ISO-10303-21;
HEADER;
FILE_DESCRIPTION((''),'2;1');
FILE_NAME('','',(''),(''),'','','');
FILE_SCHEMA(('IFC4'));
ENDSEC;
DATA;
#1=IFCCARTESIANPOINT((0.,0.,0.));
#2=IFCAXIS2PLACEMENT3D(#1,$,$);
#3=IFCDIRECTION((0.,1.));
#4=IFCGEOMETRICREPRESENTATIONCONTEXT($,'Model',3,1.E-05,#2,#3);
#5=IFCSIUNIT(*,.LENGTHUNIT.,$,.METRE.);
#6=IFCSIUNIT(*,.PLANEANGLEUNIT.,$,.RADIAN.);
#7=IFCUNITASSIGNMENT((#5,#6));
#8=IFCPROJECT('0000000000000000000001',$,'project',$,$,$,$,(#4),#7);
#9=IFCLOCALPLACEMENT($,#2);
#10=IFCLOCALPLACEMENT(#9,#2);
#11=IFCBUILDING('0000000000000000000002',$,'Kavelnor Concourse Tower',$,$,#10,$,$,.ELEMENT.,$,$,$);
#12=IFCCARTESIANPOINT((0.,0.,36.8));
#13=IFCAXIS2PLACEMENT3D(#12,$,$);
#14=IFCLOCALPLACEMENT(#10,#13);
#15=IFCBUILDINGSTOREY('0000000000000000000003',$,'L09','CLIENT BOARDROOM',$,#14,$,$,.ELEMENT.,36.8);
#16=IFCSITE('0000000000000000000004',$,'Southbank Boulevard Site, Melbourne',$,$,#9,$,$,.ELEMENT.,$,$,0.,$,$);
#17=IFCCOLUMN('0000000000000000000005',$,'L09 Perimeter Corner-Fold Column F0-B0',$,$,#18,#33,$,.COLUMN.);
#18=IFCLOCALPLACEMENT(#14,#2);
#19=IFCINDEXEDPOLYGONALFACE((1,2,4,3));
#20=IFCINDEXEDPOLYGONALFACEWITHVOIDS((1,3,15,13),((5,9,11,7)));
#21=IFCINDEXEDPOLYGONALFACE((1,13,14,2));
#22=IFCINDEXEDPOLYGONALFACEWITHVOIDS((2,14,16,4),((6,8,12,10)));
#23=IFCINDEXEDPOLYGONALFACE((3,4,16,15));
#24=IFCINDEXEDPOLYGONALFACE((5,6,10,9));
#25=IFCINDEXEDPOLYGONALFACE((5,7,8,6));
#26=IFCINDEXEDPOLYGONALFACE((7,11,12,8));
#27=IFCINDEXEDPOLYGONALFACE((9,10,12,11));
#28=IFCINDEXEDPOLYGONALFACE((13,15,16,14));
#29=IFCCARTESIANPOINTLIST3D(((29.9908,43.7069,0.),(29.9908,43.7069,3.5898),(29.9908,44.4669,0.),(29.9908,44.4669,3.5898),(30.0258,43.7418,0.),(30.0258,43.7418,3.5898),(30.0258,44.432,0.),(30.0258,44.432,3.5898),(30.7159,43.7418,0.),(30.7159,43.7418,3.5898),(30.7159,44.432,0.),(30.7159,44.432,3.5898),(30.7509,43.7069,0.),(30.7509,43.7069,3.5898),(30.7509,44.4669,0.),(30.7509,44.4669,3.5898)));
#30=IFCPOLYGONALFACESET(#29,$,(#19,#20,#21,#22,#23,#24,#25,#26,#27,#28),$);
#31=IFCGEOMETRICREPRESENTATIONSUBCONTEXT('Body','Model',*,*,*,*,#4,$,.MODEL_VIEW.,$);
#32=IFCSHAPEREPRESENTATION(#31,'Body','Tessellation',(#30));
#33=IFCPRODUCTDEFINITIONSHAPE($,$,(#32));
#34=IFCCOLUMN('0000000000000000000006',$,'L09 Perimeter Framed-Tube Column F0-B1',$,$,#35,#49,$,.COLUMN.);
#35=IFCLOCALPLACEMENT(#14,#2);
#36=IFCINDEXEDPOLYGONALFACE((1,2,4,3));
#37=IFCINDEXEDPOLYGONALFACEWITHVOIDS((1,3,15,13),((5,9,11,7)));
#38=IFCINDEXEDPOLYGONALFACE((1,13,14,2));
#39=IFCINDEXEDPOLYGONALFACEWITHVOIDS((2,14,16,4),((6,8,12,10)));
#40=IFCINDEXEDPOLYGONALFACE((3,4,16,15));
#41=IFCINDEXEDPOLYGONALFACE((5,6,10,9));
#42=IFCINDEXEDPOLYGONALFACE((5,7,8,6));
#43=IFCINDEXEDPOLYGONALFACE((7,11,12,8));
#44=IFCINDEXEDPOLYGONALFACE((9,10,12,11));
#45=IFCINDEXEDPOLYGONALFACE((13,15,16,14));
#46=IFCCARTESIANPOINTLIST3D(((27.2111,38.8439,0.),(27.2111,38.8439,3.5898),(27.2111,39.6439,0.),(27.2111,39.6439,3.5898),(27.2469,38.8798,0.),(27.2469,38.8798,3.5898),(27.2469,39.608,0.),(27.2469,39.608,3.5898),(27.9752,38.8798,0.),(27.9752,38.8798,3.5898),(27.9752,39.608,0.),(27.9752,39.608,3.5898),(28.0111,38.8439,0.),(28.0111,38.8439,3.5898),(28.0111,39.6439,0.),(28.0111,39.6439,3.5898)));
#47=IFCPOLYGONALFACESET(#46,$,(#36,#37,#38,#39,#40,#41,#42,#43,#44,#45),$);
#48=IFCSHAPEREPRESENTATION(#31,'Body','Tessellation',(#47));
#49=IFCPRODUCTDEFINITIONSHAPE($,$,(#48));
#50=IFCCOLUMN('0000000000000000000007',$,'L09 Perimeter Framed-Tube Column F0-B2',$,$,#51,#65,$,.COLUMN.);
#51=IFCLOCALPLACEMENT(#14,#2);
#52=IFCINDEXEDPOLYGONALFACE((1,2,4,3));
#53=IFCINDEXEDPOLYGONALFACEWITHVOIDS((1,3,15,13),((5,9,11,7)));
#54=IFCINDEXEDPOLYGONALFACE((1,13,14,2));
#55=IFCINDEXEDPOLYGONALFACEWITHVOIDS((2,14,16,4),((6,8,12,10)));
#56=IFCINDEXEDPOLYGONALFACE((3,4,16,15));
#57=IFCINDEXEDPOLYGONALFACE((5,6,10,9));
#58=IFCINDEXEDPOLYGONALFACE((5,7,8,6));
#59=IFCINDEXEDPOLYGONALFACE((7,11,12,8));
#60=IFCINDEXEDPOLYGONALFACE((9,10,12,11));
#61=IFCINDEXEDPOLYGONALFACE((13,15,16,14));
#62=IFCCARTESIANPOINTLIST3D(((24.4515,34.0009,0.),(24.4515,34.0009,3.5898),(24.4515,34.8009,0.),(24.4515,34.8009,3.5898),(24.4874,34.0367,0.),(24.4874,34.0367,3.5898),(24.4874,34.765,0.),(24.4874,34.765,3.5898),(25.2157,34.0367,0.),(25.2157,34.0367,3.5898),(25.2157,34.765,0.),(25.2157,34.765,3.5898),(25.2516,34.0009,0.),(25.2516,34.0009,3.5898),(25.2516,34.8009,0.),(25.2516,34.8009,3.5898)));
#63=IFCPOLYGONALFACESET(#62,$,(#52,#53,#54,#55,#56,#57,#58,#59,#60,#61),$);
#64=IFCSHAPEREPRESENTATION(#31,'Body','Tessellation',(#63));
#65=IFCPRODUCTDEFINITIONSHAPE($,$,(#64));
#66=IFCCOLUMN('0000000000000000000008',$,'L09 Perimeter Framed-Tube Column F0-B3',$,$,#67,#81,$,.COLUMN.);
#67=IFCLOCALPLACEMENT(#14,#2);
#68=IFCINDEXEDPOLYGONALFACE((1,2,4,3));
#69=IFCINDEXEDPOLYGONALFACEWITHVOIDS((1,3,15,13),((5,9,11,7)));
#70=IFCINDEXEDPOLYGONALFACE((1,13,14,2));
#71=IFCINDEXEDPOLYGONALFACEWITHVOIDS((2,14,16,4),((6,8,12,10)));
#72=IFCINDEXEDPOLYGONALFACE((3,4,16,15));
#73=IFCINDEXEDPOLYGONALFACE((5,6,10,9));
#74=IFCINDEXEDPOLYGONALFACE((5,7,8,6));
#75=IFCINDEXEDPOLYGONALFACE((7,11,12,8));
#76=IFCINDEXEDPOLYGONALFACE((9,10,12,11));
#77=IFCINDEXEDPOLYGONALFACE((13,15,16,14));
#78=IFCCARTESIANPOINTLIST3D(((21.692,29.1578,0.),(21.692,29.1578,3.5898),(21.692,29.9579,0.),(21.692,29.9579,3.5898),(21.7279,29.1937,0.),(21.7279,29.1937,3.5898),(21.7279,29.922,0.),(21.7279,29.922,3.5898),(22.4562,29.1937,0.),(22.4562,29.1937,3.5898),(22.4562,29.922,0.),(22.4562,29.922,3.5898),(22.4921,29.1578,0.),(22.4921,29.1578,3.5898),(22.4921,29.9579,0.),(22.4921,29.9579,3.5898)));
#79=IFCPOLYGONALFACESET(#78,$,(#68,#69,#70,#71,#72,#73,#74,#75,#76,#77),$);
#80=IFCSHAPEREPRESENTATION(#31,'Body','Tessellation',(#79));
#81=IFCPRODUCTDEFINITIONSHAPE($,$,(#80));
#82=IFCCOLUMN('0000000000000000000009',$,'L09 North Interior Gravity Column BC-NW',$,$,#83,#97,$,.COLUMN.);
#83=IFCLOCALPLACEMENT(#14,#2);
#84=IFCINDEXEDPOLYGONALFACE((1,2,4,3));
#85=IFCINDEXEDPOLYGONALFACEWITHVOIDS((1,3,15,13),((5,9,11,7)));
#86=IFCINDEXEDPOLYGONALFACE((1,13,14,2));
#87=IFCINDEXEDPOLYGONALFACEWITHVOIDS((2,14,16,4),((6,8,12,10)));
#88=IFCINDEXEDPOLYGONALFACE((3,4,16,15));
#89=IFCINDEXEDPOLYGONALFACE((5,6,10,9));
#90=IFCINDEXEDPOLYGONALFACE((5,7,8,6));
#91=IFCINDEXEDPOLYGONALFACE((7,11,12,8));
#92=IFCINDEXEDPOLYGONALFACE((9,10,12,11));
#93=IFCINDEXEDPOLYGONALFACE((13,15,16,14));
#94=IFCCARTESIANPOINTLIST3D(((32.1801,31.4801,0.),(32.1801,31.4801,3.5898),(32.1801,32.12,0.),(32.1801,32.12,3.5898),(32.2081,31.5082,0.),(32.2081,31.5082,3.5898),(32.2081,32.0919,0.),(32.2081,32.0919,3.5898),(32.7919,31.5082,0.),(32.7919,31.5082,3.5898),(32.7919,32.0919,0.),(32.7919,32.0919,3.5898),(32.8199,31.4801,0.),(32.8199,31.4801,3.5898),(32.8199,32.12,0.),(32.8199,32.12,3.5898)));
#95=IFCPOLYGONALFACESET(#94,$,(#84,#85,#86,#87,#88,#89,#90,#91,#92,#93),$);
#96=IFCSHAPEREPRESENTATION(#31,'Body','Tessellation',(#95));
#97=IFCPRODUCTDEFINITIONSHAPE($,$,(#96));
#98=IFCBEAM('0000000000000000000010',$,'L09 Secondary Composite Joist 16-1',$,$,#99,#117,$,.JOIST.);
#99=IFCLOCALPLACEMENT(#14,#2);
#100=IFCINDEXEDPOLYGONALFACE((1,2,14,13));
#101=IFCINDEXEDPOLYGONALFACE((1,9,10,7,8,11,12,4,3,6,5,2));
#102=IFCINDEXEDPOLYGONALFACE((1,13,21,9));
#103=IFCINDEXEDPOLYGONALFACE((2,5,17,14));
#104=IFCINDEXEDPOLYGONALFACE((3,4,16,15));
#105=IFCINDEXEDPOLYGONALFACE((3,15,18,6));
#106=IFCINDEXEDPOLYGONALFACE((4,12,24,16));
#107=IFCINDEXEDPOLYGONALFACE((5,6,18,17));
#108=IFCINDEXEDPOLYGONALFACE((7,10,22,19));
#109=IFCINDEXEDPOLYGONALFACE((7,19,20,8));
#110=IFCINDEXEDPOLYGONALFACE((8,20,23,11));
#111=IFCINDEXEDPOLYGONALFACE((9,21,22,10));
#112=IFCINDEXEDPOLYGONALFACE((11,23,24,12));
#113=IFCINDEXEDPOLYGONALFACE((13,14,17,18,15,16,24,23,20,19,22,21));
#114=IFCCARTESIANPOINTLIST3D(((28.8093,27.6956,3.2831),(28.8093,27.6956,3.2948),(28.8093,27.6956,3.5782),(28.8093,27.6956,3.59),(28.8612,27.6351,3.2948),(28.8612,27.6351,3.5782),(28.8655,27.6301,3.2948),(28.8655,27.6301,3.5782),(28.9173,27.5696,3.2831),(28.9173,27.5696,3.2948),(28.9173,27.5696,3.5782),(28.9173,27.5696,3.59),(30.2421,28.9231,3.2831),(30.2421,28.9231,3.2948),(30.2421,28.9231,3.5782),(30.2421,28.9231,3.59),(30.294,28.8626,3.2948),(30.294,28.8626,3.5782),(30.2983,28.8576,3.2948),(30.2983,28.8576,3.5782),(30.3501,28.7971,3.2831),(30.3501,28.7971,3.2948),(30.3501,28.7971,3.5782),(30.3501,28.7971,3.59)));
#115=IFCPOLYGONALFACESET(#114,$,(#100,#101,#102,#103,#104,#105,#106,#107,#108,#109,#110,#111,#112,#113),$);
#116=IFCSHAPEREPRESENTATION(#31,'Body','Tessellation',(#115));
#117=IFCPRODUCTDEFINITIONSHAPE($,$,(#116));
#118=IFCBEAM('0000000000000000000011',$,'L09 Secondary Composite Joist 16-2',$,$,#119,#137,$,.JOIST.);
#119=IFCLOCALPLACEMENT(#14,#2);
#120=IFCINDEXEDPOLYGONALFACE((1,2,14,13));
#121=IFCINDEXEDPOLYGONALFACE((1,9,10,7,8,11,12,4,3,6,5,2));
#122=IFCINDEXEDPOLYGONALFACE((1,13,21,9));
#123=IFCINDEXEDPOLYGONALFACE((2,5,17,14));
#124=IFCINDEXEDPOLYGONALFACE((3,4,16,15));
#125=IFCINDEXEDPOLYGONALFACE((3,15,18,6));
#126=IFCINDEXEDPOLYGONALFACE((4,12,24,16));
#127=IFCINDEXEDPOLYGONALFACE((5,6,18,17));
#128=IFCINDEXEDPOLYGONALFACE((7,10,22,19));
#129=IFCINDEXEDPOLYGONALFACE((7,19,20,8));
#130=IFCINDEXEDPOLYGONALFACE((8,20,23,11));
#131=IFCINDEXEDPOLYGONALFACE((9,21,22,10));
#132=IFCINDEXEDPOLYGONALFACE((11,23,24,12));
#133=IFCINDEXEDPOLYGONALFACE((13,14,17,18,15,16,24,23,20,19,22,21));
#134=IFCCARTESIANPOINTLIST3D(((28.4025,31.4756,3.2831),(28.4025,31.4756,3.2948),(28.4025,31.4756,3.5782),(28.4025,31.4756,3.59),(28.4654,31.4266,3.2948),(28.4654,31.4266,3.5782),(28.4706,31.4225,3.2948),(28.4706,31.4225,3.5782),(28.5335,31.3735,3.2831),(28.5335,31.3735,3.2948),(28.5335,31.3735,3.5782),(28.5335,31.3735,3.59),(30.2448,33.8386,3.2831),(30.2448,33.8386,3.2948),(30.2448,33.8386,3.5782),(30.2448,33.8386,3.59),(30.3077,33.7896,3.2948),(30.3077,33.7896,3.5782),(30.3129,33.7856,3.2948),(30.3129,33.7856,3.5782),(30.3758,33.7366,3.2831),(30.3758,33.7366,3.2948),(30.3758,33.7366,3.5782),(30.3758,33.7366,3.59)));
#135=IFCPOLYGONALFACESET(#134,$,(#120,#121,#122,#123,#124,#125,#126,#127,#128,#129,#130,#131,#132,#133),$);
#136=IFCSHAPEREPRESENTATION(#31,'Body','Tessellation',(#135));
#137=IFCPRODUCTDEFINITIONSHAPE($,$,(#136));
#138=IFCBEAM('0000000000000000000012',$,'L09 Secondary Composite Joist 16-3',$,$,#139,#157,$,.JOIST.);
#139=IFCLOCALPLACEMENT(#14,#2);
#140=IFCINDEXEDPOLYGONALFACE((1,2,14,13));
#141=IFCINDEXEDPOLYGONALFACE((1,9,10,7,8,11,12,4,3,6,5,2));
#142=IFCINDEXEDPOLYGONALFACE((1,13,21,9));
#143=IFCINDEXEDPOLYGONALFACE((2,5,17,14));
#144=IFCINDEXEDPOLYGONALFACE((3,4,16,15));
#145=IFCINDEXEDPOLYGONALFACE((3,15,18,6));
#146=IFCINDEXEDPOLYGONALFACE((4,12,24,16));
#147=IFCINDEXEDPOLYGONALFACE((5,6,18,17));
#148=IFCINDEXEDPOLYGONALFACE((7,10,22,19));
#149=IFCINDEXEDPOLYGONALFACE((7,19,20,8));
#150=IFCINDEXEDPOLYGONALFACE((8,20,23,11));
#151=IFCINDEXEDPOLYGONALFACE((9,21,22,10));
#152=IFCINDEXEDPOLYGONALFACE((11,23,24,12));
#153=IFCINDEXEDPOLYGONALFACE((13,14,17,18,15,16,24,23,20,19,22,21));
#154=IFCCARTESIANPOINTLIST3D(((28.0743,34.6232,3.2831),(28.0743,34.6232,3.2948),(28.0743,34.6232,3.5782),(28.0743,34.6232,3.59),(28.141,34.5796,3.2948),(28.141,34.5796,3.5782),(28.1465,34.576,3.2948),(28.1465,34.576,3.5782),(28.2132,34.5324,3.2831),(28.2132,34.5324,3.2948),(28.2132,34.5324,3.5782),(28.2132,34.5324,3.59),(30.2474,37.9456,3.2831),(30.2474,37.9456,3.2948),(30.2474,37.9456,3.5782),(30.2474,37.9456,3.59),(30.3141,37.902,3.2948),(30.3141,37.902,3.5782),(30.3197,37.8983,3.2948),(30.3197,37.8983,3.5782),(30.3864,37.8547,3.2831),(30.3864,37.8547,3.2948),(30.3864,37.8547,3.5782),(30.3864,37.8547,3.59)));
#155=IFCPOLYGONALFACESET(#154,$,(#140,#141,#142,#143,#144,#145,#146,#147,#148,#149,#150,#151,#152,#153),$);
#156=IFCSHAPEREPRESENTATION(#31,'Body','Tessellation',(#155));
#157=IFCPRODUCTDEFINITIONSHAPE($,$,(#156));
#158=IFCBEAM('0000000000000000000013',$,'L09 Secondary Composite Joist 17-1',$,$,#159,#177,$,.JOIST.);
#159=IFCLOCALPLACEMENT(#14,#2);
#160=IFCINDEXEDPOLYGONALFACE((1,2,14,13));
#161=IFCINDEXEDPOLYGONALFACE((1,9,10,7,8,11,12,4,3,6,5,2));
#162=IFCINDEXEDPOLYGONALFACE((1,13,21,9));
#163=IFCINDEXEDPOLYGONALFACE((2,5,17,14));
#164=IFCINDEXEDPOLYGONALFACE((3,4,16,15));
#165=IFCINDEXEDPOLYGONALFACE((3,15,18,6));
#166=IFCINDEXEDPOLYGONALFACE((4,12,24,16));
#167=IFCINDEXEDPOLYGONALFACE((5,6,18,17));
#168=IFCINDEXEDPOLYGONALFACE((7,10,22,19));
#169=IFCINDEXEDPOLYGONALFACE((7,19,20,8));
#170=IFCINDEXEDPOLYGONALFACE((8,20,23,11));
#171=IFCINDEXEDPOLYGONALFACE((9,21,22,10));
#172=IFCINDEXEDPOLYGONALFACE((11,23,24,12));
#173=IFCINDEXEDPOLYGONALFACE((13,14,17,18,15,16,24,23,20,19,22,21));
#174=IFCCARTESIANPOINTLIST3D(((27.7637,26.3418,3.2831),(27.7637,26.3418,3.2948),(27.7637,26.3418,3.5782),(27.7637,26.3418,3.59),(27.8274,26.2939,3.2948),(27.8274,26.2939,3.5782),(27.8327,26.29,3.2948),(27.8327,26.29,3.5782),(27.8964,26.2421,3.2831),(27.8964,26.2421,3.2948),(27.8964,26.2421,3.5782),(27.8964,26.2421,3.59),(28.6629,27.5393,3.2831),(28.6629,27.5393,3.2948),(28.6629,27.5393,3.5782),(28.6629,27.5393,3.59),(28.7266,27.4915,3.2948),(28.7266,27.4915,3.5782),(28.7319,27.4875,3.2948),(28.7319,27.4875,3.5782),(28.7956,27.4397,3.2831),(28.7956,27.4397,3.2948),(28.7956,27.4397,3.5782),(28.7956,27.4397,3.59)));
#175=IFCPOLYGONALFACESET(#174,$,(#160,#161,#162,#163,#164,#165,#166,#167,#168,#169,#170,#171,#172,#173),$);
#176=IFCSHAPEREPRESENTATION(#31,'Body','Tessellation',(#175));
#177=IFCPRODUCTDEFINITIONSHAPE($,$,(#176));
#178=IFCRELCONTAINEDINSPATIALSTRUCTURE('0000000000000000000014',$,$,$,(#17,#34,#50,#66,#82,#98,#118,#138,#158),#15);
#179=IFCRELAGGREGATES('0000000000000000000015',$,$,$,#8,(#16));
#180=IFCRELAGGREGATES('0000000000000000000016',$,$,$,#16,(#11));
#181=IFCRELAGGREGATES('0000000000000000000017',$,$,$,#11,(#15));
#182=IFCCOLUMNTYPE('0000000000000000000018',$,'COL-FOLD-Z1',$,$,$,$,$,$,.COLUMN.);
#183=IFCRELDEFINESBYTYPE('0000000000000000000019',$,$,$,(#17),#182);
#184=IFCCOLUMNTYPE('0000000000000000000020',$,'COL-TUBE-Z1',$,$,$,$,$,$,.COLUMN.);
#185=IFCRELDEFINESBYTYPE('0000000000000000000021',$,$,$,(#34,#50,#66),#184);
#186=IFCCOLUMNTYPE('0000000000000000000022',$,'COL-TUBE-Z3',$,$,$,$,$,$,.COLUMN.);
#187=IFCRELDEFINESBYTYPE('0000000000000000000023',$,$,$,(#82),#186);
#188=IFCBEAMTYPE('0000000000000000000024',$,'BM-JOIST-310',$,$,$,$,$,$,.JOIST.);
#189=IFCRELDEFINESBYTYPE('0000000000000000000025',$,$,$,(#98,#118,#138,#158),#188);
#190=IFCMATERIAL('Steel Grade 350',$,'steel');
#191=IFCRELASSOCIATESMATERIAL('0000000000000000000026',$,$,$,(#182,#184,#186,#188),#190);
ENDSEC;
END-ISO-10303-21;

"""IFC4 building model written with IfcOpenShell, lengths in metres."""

from ifc_helpers import new_model, si_unit, direction, frame, origin, origin_2d, place, context, subcontext, project, spatial, hollow_rectangle, i_section, extrude, material, material_profile, profile_set, type_object, element, save


model = new_model("IFC4")

# Units and contexts
model_context = context("Model", 3, precision=1e-05, world=origin(), true_north=direction((0.0, 1.0)))
body_context = subcontext(model_context, "Body", "Model", "MODEL_VIEW")
ifc_project = project(units=[si_unit("LENGTHUNIT", "METRE"), si_unit("PLANEANGLEUNIT", "RADIAN")], contexts=[model_context])

# Site, building, storey
site_placement = place(None, origin())
site = spatial("IfcSite", under=ifc_project, at=site_placement, Name="Southbank Boulevard Site, Melbourne", CompositionType="ELEMENT", RefElevation=0.0)
building_placement = place(site_placement, origin())
building = spatial("IfcBuilding", under=site, at=building_placement, Name="Kavelnor Concourse Tower", CompositionType="ELEMENT")
storey_placement = place(building_placement, frame((0.0, 0.0, 36.8)))
storey = spatial("IfcBuildingStorey", under=building, at=storey_placement, Name="L09", Description="CLIENT BOARDROOM", CompositionType="ELEMENT", Elevation=36.8)

# Columns
ifc_material_1 = material(Name="Steel Grade 350", Category="steel")
ifc_material_profile_1 = material_profile(ifc_material_1, hollow_rectangle(XDim=0.76, YDim=0.76, WallThickness=0.0349, at=origin_2d()), Name="SHS 760x760x35")
ifc_profile_set_1 = profile_set([ifc_material_profile_1], Name="Steel Grade 350")
column_type_1 = type_object("IfcColumnType", Name="COL-FOLD-Z1", PredefinedType="COLUMN", material=ifc_profile_set_1)
column_1_placement = place(storey_placement, frame((30.3708, 44.0869, 0.0), z_axis=(0.0, 0.0, 1.0), x_axis=(1.0, 0.0, 0.0)))
element("IfcColumn", 1, at=column_1_placement, inside=storey, type_object=column_type_1, Name="L09 Perimeter Corner-Fold Column F0-B0", PredefinedType="COLUMN", context=body_context, shape_type="SweptSolid", body=[
    extrude(hollow_rectangle(XDim=0.76, YDim=0.76, WallThickness=0.0349, at=origin_2d()), origin(), (0.0, 0.0, 1.0), 3.5898),
])
ifc_material_profile_2 = material_profile(ifc_material_1, hollow_rectangle(XDim=0.8, YDim=0.8, WallThickness=0.0359, at=origin_2d()), Name="SHS 800x800x36")
ifc_profile_set_2 = profile_set([ifc_material_profile_2], Name="Steel Grade 350")
column_type_2 = type_object("IfcColumnType", Name="COL-TUBE-Z1", PredefinedType="COLUMN", material=ifc_profile_set_2)
for number, where, z_axis, x_axis, name in (
    (2, (27.6111, 39.2439, 0.0), (0.0, 0.0, 1.0), (1.0, 0.0, 0.0), "L09 Perimeter Framed-Tube Column F0-B1"),
    (3, (24.8516, 34.4009, 0.0), (0.0, 0.0, 1.0), (1.0, 0.0, 0.0), "L09 Perimeter Framed-Tube Column F0-B2"),
    (4, (22.092, 29.5579, 0.0), (0.0, 0.0, 1.0), (1.0, 0.0, 0.0), "L09 Perimeter Framed-Tube Column F0-B3"),
):
    element("IfcColumn", number, at=place(storey_placement, frame(where, z_axis=z_axis, x_axis=x_axis)), inside=storey, type_object=column_type_2, Name=name, PredefinedType="COLUMN", context=body_context, shape_type="SweptSolid", body=[
        extrude(hollow_rectangle(XDim=0.8, YDim=0.8, WallThickness=0.0359, at=origin_2d()), origin(), (0.0, 0.0, 1.0), 3.5898),
    ])
ifc_material_profile_3 = material_profile(ifc_material_1, hollow_rectangle(XDim=0.6399, YDim=0.6399, WallThickness=0.0281, at=origin_2d()), Name="SHS 640x640x28")
ifc_profile_set_3 = profile_set([ifc_material_profile_3], Name="Steel Grade 350")
column_type_3 = type_object("IfcColumnType", Name="COL-TUBE-Z3", PredefinedType="COLUMN", material=ifc_profile_set_3)
column_2_placement = place(storey_placement, frame((32.5, 31.8, 0.0), z_axis=(0.0, 0.0, 1.0), x_axis=(1.0, 0.0, 0.0)))
element("IfcColumn", 5, at=column_2_placement, inside=storey, type_object=column_type_3, Name="L09 North Interior Gravity Column BC-NW", PredefinedType="COLUMN", context=body_context, shape_type="SweptSolid", body=[
    extrude(hollow_rectangle(XDim=0.6399, YDim=0.6399, WallThickness=0.0281, at=origin_2d()), origin(), (0.0, 0.0, 1.0), 3.5898),
])

# Beams
ifc_material_profile_4 = material_profile(ifc_material_1, i_section(OverallWidth=0.166, OverallDepth=0.3069, WebThickness=0.0066, FlangeThickness=0.0117, at=origin_2d()), Name="310UB46")
ifc_profile_set_4 = profile_set([ifc_material_profile_4], Name="Steel Grade 350")
beam_type_1 = type_object("IfcBeamType", Name="BM-JOIST-310", PredefinedType="JOIST", material=ifc_profile_set_4)
beam_1_placement = place(storey_placement, frame((30.2961, 28.8601, 3.4365), z_axis=(-0.759421, -0.6506, 0.0), x_axis=(0.6506, -0.759421, 0.0)))
element("IfcBeam", 6, at=beam_1_placement, inside=storey, type_object=beam_type_1, Name="L09 Secondary Composite Joist 16-1", PredefinedType="JOIST", context=body_context, shape_type="SweptSolid", body=[
    extrude(i_section(OverallWidth=0.166, OverallDepth=0.3069, WebThickness=0.0066, FlangeThickness=0.0117, at=origin_2d()), origin(), (0.0, 0.0, 1.0), 1.8867),
])
beam_2_placement = place(storey_placement, frame((30.3103, 33.7876, 3.4365), z_axis=(-0.614848, -0.788645, 0.0), x_axis=(0.788645, -0.614848, 0.0)))
element("IfcBeam", 7, at=beam_2_placement, inside=storey, type_object=beam_type_1, Name="L09 Secondary Composite Joist 16-2", PredefinedType="JOIST", context=body_context, shape_type="SweptSolid", body=[
    extrude(i_section(OverallWidth=0.166, OverallDepth=0.3069, WebThickness=0.0066, FlangeThickness=0.0117, at=origin_2d()), origin(), (0.0, 0.0, 1.0), 2.9963),
])
beam_3_placement = place(storey_placement, frame((30.3169, 37.9001, 3.4365), z_axis=(-0.547398, -0.836872, 0.0), x_axis=(0.836872, -0.547398, 0.0)))
element("IfcBeam", 8, at=beam_3_placement, inside=storey, type_object=beam_type_1, Name="L09 Secondary Composite Joist 16-3", PredefinedType="JOIST", context=body_context, shape_type="SweptSolid", body=[
    extrude(i_section(OverallWidth=0.166, OverallDepth=0.3069, WebThickness=0.0066, FlangeThickness=0.0117, at=origin_2d()), origin(), (0.0, 0.0, 1.0), 3.97),
])
beam_4_placement = place(storey_placement, frame((28.7292, 27.4895, 3.4365), z_axis=(-0.600443, -0.799667, 0.0), x_axis=(0.799667, -0.600443, 0.0)))
element("IfcBeam", 9, at=beam_4_placement, inside=storey, type_object=beam_type_1, Name="L09 Secondary Composite Joist 17-1", PredefinedType="JOIST", context=body_context, shape_type="SweptSolid", body=[
    extrude(i_section(OverallWidth=0.166, OverallDepth=0.3069, WebThickness=0.0066, FlangeThickness=0.0117, at=origin_2d()), origin(), (0.0, 0.0, 1.0), 1.4976),
])

save(model, "model.ifc")
